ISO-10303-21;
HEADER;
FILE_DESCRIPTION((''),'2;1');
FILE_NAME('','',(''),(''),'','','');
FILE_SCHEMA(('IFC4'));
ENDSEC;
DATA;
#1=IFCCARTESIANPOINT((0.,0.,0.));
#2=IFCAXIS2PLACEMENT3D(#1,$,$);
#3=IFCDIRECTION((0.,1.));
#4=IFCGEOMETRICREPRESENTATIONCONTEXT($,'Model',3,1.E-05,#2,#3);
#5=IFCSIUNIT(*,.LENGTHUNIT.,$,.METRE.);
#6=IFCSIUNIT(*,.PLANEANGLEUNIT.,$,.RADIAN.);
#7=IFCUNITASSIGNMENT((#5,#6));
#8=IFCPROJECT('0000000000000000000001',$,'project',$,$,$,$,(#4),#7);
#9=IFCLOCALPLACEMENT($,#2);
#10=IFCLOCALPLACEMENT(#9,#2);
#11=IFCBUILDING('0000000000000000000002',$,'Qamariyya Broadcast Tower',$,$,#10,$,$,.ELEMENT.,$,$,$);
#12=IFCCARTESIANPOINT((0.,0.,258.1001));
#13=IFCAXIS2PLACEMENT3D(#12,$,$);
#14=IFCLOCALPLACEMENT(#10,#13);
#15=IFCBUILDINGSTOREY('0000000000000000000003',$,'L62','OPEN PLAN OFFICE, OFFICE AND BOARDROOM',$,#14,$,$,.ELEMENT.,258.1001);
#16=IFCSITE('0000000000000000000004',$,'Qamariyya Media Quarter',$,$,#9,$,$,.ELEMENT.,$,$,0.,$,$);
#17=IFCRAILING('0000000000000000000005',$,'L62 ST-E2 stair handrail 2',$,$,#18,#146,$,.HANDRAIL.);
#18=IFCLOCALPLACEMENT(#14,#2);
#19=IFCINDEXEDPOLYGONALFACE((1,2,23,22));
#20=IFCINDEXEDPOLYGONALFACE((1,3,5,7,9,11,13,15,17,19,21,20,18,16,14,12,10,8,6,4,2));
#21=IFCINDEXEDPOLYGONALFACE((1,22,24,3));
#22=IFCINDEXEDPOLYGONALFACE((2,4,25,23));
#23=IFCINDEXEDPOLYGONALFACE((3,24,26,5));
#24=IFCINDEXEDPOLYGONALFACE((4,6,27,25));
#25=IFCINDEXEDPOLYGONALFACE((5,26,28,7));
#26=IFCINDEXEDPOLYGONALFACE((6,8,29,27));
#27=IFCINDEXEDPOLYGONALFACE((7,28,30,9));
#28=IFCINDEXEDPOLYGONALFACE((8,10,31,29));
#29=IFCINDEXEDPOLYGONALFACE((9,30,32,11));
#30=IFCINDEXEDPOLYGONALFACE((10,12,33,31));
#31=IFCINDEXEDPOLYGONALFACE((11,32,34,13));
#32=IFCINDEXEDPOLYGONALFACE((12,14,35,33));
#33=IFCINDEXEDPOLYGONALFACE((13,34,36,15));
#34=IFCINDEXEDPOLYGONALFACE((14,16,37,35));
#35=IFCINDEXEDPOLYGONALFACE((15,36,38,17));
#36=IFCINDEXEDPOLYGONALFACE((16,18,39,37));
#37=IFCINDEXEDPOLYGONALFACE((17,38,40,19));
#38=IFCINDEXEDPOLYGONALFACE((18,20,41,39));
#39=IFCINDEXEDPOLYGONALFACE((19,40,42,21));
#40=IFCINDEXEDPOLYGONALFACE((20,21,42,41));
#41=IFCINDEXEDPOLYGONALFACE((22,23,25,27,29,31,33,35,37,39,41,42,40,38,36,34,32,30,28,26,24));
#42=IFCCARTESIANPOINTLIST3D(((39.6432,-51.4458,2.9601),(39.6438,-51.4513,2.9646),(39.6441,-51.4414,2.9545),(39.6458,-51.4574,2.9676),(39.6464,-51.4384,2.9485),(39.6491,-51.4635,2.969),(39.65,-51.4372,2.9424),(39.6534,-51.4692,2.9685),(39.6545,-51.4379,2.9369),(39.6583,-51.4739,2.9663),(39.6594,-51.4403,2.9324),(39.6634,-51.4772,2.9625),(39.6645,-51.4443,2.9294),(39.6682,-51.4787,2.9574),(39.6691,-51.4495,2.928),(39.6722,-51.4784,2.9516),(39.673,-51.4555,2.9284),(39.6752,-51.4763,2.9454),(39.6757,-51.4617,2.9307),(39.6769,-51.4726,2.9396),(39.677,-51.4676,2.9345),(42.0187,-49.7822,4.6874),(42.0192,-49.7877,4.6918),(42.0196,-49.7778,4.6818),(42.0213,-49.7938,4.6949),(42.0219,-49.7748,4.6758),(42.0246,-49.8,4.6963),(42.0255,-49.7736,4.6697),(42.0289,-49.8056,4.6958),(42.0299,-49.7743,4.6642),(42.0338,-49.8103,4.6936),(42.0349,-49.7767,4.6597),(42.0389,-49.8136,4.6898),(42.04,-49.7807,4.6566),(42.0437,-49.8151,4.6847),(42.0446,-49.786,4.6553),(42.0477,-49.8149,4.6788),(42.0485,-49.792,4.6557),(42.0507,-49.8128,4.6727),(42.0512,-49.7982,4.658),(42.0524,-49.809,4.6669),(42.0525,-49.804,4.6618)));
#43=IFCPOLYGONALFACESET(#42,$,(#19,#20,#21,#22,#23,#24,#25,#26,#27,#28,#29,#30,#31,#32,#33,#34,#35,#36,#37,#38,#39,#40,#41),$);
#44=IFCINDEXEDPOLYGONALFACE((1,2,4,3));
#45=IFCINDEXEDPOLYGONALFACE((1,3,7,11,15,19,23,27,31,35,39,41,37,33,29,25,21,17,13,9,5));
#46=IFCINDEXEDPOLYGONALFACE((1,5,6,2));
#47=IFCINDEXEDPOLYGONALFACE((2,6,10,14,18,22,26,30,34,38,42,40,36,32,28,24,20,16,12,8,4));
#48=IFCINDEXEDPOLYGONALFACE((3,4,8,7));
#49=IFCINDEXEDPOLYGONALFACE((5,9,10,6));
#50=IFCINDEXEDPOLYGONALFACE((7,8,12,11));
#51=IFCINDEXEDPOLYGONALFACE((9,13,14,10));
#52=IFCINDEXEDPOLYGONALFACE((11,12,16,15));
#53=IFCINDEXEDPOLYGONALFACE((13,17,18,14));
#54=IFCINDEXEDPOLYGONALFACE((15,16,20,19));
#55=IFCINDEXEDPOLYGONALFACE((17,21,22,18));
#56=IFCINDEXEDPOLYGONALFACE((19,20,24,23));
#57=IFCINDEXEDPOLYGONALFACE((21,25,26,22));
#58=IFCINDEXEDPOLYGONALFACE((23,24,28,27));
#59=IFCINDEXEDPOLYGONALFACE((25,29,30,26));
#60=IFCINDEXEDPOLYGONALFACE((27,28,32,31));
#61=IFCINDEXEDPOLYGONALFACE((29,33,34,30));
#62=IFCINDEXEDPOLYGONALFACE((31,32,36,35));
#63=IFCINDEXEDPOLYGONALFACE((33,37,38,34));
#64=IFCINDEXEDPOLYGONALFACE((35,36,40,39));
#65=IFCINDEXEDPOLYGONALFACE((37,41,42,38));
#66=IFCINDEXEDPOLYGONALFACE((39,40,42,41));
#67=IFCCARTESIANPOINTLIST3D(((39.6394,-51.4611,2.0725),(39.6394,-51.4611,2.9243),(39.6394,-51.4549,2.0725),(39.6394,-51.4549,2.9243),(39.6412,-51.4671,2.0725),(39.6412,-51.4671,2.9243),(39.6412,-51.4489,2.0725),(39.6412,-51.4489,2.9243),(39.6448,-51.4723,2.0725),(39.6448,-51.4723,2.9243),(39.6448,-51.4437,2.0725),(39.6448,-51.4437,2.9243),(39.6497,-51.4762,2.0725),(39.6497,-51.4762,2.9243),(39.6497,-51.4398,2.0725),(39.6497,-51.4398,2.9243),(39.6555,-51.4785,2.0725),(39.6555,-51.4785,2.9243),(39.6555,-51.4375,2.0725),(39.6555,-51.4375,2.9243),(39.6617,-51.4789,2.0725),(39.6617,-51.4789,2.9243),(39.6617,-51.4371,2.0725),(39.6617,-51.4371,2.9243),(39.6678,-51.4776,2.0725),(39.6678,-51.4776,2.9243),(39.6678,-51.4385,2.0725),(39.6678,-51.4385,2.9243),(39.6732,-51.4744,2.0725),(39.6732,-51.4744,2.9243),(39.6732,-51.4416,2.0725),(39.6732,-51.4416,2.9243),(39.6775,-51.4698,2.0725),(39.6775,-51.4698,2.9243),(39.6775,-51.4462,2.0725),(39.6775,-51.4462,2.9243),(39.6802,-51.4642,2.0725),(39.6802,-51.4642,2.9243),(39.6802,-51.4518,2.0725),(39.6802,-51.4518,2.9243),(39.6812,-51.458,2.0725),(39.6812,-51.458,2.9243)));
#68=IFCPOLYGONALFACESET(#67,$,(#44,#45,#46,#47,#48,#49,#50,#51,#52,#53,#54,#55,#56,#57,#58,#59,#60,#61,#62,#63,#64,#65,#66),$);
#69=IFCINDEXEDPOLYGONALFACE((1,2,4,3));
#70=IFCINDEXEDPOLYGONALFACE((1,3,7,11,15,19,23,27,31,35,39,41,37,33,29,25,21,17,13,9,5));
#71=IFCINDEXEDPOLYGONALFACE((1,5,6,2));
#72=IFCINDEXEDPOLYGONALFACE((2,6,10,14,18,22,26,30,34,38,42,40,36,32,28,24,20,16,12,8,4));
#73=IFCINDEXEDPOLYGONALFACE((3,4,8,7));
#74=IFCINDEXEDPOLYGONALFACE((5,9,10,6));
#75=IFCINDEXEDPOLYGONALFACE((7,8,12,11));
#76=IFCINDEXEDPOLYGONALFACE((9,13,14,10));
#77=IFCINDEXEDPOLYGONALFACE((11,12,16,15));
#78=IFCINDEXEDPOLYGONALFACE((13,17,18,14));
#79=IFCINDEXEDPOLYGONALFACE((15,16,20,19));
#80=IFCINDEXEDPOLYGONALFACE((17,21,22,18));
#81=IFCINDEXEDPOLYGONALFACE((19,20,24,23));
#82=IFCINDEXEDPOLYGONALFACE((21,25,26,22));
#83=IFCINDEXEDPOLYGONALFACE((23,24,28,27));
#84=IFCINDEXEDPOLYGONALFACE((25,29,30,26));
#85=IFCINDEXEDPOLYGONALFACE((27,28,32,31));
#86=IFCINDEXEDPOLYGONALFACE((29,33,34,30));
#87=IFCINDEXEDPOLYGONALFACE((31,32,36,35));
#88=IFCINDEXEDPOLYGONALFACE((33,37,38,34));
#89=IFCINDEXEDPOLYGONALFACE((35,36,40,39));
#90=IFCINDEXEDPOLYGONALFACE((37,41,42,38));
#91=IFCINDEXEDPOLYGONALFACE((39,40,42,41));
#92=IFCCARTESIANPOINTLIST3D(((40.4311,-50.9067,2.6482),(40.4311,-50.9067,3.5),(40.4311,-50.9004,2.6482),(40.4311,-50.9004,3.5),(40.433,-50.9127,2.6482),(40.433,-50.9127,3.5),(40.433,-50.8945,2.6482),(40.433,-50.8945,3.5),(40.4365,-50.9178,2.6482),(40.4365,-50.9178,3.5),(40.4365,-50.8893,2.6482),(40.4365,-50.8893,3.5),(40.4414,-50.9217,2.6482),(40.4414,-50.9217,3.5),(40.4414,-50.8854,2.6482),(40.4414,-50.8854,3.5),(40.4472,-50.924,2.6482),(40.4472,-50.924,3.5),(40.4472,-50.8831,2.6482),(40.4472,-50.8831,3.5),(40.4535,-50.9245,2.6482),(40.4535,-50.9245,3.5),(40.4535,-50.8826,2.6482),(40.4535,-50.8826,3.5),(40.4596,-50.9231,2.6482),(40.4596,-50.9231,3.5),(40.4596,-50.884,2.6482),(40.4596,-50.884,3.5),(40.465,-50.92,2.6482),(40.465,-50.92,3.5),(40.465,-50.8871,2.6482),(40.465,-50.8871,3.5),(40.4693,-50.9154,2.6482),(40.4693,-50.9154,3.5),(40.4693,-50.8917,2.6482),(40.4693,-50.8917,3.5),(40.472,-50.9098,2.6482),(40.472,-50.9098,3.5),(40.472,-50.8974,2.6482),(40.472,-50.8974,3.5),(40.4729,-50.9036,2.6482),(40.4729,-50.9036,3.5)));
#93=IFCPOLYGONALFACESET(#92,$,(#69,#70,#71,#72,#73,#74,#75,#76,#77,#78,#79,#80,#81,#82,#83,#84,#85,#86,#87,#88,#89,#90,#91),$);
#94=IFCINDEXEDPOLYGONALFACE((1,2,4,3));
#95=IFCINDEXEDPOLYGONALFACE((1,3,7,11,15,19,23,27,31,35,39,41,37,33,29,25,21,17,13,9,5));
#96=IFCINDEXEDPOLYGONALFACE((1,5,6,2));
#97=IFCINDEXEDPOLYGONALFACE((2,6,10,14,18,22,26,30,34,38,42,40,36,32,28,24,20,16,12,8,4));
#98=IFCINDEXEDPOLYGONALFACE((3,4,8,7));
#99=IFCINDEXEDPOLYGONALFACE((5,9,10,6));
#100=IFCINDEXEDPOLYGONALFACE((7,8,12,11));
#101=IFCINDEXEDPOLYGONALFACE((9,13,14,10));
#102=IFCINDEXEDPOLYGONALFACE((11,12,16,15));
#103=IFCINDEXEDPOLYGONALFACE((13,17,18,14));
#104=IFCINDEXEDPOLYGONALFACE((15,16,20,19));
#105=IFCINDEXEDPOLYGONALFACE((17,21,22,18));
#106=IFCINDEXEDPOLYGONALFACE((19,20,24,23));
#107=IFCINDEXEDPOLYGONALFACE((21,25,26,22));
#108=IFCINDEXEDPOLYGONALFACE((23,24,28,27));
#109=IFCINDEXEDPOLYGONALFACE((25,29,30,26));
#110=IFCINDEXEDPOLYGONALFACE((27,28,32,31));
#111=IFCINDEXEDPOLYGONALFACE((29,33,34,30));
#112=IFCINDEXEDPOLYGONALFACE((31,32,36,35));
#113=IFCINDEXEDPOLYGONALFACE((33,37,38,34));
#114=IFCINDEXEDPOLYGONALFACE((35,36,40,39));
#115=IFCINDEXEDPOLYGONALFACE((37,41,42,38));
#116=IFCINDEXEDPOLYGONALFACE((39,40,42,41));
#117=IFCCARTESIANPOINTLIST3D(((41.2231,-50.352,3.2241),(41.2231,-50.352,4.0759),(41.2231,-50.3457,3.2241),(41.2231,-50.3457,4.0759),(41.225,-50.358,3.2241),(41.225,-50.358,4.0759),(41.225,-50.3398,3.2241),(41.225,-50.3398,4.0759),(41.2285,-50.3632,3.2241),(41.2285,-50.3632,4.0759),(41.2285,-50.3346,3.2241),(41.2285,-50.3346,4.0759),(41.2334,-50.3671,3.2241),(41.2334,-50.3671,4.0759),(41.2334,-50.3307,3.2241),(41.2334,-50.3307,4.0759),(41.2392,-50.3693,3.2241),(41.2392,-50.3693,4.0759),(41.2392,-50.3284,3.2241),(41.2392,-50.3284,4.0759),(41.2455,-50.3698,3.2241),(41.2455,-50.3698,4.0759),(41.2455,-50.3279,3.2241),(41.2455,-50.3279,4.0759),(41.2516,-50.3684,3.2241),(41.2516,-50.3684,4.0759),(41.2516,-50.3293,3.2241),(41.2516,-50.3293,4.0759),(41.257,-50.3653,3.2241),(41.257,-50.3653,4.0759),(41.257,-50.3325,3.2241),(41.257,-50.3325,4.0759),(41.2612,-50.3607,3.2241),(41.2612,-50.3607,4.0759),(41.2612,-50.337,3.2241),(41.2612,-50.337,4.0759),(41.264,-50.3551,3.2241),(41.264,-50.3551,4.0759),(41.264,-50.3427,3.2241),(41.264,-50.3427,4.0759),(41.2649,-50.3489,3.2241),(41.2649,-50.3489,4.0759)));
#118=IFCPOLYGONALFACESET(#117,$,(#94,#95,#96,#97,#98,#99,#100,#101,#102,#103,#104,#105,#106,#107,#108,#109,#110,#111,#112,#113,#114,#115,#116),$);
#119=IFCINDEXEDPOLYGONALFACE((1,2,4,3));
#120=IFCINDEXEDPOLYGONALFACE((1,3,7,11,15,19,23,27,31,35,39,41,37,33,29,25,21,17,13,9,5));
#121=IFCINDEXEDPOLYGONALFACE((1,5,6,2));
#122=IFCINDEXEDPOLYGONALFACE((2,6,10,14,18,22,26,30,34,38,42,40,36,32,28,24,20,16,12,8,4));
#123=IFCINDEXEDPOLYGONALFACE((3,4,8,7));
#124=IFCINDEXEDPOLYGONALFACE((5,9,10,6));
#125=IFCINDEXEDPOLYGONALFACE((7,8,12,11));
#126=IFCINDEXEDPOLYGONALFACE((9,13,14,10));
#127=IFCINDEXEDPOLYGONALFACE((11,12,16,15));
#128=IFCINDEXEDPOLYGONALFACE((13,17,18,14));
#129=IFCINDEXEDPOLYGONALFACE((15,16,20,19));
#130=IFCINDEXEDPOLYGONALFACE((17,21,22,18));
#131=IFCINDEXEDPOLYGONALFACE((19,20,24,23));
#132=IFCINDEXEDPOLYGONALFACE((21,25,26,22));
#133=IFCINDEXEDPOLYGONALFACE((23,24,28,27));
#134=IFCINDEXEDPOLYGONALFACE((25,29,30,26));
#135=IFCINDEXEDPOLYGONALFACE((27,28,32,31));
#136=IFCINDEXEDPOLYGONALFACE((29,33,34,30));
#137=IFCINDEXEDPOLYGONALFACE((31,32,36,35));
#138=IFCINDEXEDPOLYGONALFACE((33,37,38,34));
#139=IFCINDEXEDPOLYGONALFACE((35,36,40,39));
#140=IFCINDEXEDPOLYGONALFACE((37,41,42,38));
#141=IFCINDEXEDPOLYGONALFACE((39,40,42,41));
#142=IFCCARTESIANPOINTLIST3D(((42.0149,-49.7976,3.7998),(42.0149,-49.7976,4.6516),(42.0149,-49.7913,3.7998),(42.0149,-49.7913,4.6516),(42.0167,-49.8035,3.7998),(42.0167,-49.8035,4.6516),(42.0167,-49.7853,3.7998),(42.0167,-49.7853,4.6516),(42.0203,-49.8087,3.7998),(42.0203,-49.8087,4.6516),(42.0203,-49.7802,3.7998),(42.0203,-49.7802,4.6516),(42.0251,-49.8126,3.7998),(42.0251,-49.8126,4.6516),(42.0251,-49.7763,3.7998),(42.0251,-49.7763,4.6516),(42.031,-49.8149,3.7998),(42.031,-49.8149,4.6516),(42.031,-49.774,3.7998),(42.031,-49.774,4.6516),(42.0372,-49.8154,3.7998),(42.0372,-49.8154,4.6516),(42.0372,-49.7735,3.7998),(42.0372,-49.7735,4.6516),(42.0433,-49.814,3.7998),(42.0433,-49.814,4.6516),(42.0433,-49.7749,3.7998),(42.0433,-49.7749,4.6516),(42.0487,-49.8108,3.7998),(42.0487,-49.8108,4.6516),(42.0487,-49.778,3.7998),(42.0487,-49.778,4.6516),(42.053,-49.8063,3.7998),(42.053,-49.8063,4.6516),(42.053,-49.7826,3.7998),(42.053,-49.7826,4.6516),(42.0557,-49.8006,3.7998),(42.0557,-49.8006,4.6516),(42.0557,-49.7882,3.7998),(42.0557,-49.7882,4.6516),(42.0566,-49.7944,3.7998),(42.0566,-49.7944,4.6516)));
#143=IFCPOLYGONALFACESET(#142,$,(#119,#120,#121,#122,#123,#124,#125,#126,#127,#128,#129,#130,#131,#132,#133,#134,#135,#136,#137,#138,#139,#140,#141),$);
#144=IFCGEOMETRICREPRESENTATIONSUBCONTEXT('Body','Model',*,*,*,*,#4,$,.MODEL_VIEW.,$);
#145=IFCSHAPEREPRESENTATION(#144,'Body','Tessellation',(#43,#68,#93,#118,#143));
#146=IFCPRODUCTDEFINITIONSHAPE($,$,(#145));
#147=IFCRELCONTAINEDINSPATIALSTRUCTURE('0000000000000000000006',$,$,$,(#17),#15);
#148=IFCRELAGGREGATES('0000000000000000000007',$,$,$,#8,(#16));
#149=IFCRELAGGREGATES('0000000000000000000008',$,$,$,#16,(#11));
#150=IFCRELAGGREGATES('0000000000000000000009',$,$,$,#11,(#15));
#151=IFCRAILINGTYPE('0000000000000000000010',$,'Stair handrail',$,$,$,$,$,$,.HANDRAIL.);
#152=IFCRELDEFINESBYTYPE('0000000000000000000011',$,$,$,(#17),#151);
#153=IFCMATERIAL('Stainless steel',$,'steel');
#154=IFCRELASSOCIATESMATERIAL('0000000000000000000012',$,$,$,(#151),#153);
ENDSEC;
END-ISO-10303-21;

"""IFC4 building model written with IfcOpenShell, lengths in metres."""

from ifc_helpers import new_model, si_unit, direction, frame, origin, origin_2d, place, context, subcontext, project, spatial, circle, extrude, material, type_object, element, save


model = new_model("IFC4")

# Units and contexts
model_context = context("Model", 3, precision=1e-05, world=origin(), true_north=direction((0.0, 1.0)))
body_context = subcontext(model_context, "Body", "Model", "MODEL_VIEW")
ifc_project = project(units=[si_unit("LENGTHUNIT", "METRE"), si_unit("PLANEANGLEUNIT", "RADIAN")], contexts=[model_context])

# Site, building, storey
site_placement = place(None, origin())
site = spatial("IfcSite", under=ifc_project, at=site_placement, Name="Qamariyya Media Quarter", CompositionType="ELEMENT", RefElevation=0.0)
building_placement = place(site_placement, origin())
building = spatial("IfcBuilding", under=site, at=building_placement, Name="Qamariyya Broadcast Tower", CompositionType="ELEMENT")
storey_placement = place(building_placement, frame((0.0, 0.0, 258.1001)))
storey = spatial("IfcBuildingStorey", under=building, at=storey_placement, Name="L62", Description="OPEN PLAN OFFICE, OFFICE AND BOARDROOM", CompositionType="ELEMENT", Elevation=258.1001)

# Railing
ifc_material_1 = material(Name="Stainless steel", Category="steel")
railing_type_1 = type_object("IfcRailingType", Name="Stair handrail", PredefinedType="HANDRAIL", material=ifc_material_1)
railing_1_placement = place(storey_placement, frame((39.6602, -51.458, 2.0725)))
element("IfcRailing", 1, at=railing_1_placement, inside=storey, type_object=railing_type_1, Name="L62 ST-E2 stair handrail 2", PredefinedType="HANDRAIL", context=body_context, shape_type="SweptSolid", body=[
    extrude(circle(Radius=0.0239, at=origin_2d()), frame((0.0, 0.0, 0.876), z_axis=(0.703745, 0.492838, 0.511716), x_axis=(-0.573632, 0.819113, 0.0)), (0.0, 0.0, 1.0), 3.3755),
    extrude(circle(Radius=0.021, at=origin_2d()), origin(), (0.0, 0.0, 1.0), 0.8518),
    extrude(circle(Radius=0.021, at=origin_2d()), frame((0.7917, 0.5544, 0.5757)), (0.0, 0.0, 1.0), 0.8518),
    extrude(circle(Radius=0.021, at=origin_2d()), frame((1.5837, 1.1091, 1.1516)), (0.0, 0.0, 1.0), 0.8518),
    extrude(circle(Radius=0.021, at=origin_2d()), frame((2.3755, 1.6636, 1.7273)), (0.0, 0.0, 1.0), 0.8518),
])

save(model, "model.ifc")
